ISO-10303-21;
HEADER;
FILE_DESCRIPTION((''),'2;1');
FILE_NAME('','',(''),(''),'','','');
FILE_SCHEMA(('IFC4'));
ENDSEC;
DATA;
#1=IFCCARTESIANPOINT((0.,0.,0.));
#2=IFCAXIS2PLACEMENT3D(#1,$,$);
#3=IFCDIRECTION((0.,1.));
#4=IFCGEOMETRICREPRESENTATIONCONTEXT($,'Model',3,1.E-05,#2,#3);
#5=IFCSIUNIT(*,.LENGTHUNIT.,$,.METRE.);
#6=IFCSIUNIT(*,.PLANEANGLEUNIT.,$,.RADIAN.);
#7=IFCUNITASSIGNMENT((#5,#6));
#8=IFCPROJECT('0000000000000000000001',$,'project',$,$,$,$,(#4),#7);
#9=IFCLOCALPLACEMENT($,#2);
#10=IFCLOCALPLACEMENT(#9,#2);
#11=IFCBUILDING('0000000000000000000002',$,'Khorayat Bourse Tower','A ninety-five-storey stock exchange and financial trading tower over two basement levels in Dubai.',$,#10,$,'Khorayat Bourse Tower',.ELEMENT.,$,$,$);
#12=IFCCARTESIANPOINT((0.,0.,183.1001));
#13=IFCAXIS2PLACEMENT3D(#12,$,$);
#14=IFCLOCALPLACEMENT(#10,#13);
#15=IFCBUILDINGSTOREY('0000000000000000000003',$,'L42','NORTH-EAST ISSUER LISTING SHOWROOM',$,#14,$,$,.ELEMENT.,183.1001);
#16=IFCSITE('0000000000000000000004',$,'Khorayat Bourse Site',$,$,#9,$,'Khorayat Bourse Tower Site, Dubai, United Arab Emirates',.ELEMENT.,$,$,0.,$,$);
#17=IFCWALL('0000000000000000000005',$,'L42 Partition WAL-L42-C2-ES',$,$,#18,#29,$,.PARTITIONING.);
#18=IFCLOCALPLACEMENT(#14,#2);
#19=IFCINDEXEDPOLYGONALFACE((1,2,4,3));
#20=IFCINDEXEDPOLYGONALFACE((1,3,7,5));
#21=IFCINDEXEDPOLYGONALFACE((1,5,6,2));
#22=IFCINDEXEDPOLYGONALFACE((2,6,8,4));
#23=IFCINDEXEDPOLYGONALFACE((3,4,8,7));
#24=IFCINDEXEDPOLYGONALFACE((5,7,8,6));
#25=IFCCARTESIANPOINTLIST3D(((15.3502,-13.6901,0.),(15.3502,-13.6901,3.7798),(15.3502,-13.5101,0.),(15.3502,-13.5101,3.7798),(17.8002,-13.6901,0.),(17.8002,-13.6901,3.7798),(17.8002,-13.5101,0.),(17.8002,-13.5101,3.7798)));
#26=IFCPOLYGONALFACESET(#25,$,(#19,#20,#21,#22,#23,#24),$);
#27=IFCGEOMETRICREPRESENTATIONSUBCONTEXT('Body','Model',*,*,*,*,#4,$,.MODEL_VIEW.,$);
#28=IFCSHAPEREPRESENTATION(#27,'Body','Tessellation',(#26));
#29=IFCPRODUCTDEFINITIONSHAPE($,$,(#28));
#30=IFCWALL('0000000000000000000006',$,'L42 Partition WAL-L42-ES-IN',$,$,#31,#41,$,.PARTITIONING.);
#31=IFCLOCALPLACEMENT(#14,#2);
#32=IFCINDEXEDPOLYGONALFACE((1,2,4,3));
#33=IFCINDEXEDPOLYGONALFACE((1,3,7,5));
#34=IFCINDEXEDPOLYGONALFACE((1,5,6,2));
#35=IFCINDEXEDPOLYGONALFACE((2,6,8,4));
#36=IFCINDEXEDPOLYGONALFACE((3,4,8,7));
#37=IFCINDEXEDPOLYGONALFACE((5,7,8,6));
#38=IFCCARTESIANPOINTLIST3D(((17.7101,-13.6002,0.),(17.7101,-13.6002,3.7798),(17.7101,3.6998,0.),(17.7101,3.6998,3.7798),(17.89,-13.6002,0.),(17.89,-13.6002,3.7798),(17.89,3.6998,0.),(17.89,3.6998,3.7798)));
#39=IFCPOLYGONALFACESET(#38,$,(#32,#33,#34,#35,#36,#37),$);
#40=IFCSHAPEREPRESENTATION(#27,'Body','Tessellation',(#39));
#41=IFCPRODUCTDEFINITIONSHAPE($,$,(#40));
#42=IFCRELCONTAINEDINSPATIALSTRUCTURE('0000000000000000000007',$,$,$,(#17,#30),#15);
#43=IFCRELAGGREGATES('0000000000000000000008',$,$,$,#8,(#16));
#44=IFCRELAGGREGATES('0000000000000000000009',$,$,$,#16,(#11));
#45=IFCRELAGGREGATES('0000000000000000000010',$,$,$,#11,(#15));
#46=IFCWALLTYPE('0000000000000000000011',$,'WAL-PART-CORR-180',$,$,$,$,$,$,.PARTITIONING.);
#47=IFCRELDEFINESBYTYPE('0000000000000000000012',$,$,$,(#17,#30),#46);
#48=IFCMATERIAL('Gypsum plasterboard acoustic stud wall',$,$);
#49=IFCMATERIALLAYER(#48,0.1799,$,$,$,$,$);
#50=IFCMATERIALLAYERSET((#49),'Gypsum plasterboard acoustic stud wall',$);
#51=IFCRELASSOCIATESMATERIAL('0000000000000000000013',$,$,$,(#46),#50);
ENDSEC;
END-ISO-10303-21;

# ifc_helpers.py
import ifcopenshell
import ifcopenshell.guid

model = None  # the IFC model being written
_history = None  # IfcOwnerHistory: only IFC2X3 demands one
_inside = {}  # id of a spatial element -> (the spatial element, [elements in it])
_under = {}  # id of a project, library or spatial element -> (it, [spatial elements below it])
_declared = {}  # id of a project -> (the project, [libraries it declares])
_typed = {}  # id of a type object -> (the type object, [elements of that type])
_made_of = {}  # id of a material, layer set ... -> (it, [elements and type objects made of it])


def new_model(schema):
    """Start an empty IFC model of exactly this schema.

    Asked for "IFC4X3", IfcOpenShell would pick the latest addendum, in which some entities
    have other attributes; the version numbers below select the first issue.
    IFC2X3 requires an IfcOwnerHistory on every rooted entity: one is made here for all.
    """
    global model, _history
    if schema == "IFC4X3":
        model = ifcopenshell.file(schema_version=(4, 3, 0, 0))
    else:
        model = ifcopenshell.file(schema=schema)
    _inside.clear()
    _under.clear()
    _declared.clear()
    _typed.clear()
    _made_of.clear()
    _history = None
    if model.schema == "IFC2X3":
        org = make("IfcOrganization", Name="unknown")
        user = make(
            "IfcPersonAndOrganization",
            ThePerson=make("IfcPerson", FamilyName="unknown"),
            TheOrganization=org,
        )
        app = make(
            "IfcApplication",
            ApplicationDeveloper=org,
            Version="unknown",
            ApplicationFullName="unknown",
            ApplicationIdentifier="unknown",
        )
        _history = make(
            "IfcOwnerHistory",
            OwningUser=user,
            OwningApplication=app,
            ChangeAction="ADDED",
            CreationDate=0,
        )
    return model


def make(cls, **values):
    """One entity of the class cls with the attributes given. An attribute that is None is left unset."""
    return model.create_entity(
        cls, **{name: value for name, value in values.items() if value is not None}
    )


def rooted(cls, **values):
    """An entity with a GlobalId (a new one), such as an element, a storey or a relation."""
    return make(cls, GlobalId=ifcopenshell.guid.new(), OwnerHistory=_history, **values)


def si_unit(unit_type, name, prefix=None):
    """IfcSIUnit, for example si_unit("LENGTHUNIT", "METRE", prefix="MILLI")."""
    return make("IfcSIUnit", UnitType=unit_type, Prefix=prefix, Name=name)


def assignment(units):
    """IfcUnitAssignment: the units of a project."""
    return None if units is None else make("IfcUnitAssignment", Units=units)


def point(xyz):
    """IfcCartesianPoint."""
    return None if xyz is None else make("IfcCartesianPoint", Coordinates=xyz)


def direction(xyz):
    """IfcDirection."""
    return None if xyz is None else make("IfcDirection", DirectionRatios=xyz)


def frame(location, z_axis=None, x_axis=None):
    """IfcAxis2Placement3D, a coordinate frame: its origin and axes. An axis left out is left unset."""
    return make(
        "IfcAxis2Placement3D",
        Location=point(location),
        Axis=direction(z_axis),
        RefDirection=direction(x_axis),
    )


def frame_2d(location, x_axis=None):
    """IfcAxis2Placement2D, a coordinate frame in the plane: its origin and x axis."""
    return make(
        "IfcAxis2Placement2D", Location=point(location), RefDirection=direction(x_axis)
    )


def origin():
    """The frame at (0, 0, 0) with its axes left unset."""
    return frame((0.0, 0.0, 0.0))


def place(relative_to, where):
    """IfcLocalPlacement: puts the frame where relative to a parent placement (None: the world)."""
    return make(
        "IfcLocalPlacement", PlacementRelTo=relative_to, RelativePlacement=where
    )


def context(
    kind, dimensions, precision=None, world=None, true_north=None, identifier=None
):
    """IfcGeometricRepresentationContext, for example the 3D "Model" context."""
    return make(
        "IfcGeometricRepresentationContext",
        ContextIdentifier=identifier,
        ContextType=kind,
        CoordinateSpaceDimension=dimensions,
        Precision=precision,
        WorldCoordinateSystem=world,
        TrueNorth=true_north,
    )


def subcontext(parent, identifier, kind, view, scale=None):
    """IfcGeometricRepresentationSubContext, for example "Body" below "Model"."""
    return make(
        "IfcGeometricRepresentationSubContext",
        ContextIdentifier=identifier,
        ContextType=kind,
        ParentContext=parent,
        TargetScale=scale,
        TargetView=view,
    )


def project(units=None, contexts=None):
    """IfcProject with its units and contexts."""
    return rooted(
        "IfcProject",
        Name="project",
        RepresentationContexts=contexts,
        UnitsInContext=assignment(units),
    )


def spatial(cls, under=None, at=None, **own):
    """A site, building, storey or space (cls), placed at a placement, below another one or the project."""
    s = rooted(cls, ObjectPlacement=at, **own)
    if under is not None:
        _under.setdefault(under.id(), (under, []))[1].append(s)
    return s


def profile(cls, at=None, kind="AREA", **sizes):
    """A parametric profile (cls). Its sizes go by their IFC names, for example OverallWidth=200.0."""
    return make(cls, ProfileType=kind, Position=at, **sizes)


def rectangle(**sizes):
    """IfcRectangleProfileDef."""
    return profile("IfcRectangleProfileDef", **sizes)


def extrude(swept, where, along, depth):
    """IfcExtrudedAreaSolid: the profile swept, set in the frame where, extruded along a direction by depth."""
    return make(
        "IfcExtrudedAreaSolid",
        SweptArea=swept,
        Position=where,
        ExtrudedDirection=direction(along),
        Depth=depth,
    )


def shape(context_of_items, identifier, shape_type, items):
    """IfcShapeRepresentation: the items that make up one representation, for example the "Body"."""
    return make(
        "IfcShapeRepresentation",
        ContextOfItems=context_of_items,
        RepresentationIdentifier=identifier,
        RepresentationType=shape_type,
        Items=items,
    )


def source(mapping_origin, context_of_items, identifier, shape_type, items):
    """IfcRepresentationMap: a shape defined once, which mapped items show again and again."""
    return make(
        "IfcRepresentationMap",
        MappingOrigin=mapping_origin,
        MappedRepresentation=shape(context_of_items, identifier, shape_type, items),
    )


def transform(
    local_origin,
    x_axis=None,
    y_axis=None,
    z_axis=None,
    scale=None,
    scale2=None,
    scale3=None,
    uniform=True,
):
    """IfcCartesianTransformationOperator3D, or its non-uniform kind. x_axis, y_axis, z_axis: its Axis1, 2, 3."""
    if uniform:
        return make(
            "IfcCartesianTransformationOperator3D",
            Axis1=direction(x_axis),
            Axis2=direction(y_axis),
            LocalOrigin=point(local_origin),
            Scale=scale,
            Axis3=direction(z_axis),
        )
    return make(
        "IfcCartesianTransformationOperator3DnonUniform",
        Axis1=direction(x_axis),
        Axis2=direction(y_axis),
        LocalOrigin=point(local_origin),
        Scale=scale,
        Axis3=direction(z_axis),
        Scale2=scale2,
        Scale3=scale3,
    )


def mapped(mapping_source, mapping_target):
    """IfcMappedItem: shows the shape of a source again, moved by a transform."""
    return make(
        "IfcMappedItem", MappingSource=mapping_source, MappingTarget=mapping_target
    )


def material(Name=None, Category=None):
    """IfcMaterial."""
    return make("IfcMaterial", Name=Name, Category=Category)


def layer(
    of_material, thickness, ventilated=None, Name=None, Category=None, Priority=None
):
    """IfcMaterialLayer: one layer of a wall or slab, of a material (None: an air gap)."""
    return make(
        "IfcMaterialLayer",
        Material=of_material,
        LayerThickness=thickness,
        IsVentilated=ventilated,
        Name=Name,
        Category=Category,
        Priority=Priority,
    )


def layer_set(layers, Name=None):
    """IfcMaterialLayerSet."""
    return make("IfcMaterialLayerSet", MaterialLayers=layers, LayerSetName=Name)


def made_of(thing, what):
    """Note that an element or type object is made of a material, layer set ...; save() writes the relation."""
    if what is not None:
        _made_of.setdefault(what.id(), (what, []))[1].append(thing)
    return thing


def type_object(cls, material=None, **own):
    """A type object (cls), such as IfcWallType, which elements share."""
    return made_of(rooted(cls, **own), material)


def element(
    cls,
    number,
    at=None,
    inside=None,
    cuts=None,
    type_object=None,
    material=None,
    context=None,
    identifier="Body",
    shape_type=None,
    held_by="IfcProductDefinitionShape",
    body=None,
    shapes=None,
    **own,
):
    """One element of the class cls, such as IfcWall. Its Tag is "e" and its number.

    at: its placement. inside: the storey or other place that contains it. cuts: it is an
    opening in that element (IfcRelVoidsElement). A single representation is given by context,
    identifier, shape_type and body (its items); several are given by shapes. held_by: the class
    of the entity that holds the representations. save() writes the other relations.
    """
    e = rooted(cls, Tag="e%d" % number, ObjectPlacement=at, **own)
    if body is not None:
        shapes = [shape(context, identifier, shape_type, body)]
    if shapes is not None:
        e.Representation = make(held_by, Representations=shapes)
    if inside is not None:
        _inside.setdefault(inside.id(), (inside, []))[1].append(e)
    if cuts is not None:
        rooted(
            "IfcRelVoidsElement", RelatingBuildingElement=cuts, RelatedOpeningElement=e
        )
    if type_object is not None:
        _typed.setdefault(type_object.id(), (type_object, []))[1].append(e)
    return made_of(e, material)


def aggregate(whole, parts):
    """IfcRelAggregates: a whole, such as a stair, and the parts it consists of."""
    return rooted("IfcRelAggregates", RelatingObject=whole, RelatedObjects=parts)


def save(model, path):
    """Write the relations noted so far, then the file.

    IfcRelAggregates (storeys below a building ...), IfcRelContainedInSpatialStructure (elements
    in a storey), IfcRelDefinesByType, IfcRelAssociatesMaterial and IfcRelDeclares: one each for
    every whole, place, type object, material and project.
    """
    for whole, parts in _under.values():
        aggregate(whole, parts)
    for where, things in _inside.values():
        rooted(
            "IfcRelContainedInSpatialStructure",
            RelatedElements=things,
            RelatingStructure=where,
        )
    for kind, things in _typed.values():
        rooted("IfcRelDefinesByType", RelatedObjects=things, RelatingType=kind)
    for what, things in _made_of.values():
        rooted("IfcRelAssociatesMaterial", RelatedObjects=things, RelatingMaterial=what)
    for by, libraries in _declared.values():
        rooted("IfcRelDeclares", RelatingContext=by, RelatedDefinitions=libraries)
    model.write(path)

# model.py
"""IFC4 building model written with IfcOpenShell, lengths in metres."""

from ifc_helpers import new_model, si_unit, direction, frame, frame_2d, origin, place, context, subcontext, project, spatial, rectangle, extrude, source, transform, mapped, material, layer, layer_set, type_object, element, save


model = new_model("IFC4")

# Units and contexts
model_context = context("Model", 3, precision=1e-05, world=origin(), true_north=direction((0.0, 1.0)))
body_context = subcontext(model_context, "Body", "Model", "MODEL_VIEW")
ifc_project = project(units=[si_unit("LENGTHUNIT", "METRE"), si_unit("PLANEANGLEUNIT", "RADIAN")], contexts=[model_context])

# Site, building, storey
site_placement = place(None, origin())
site = spatial("IfcSite", under=ifc_project, at=site_placement, Name="Khorayat Bourse Site", LongName="Khorayat Bourse Tower Site, Dubai, United Arab Emirates", CompositionType="ELEMENT", RefElevation=0.0)
building_placement = place(site_placement, origin())
building = spatial("IfcBuilding", under=site, at=building_placement, Name="Khorayat Bourse Tower", Description="A ninety-five-storey stock exchange and financial trading tower over two basement levels in Dubai.", LongName="Khorayat Bourse Tower", CompositionType="ELEMENT")
storey_placement = place(building_placement, frame((0.0, 0.0, 183.1001)))
storey = spatial("IfcBuildingStorey", under=building, at=storey_placement, Name="L42", Description="NORTH-EAST ISSUER LISTING SHOWROOM", CompositionType="ELEMENT", Elevation=183.1001)

# Shared definitions
ifc_material_1 = material(Name="Gypsum plasterboard acoustic stud wall")
ifc_layer_1 = layer(ifc_material_1, 0.1799)
ifc_layer_set_1 = layer_set([ifc_layer_1], Name="Gypsum plasterboard acoustic stud wall")
wall_type_1 = type_object("IfcWallType", Name="WAL-PART-CORR-180", PredefinedType="PARTITIONING", material=ifc_layer_set_1)

# Walls
shared_shape_1 = source(origin(), body_context, "Body", "SweptSolid", [
    extrude(rectangle(XDim=2.45, YDim=0.1799, at=frame_2d((1.2251, 0.0))), origin(), (0.0, 0.0, 1.0), 3.7798),
])
wall_1_placement = place(storey_placement, frame((15.3501, -13.6001, 0.0), z_axis=(0.0, 0.0, 1.0), x_axis=(1.0, 0.0, 0.0)))
element("IfcWall", 1, at=wall_1_placement, inside=storey, type_object=wall_type_1, Name="L42 Partition WAL-L42-C2-ES", PredefinedType="PARTITIONING", context=body_context, shape_type="MappedRepresentation", body=[
    mapped(shared_shape_1, transform((0.0, 0.0, 0.0), scale=1.0)),
])
shared_shape_2 = source(origin(), body_context, "Body", "SweptSolid", [
    extrude(rectangle(XDim=17.3, YDim=0.1799, at=frame_2d((8.6499, 0.0))), origin(), (0.0, 0.0, 1.0), 3.7798),
])
wall_2_placement = place(storey_placement, frame((17.8, -13.6001, 0.0), z_axis=(0.0, 0.0, 1.0), x_axis=(0.0, 1.0, 0.0)))
element("IfcWall", 2, at=wall_2_placement, inside=storey, type_object=wall_type_1, Name="L42 Partition WAL-L42-ES-IN", PredefinedType="PARTITIONING", context=body_context, shape_type="MappedRepresentation", body=[
    mapped(shared_shape_2, transform((0.0, 0.0, 0.0), scale=1.0)),
])

save(model, "model.ifc")
